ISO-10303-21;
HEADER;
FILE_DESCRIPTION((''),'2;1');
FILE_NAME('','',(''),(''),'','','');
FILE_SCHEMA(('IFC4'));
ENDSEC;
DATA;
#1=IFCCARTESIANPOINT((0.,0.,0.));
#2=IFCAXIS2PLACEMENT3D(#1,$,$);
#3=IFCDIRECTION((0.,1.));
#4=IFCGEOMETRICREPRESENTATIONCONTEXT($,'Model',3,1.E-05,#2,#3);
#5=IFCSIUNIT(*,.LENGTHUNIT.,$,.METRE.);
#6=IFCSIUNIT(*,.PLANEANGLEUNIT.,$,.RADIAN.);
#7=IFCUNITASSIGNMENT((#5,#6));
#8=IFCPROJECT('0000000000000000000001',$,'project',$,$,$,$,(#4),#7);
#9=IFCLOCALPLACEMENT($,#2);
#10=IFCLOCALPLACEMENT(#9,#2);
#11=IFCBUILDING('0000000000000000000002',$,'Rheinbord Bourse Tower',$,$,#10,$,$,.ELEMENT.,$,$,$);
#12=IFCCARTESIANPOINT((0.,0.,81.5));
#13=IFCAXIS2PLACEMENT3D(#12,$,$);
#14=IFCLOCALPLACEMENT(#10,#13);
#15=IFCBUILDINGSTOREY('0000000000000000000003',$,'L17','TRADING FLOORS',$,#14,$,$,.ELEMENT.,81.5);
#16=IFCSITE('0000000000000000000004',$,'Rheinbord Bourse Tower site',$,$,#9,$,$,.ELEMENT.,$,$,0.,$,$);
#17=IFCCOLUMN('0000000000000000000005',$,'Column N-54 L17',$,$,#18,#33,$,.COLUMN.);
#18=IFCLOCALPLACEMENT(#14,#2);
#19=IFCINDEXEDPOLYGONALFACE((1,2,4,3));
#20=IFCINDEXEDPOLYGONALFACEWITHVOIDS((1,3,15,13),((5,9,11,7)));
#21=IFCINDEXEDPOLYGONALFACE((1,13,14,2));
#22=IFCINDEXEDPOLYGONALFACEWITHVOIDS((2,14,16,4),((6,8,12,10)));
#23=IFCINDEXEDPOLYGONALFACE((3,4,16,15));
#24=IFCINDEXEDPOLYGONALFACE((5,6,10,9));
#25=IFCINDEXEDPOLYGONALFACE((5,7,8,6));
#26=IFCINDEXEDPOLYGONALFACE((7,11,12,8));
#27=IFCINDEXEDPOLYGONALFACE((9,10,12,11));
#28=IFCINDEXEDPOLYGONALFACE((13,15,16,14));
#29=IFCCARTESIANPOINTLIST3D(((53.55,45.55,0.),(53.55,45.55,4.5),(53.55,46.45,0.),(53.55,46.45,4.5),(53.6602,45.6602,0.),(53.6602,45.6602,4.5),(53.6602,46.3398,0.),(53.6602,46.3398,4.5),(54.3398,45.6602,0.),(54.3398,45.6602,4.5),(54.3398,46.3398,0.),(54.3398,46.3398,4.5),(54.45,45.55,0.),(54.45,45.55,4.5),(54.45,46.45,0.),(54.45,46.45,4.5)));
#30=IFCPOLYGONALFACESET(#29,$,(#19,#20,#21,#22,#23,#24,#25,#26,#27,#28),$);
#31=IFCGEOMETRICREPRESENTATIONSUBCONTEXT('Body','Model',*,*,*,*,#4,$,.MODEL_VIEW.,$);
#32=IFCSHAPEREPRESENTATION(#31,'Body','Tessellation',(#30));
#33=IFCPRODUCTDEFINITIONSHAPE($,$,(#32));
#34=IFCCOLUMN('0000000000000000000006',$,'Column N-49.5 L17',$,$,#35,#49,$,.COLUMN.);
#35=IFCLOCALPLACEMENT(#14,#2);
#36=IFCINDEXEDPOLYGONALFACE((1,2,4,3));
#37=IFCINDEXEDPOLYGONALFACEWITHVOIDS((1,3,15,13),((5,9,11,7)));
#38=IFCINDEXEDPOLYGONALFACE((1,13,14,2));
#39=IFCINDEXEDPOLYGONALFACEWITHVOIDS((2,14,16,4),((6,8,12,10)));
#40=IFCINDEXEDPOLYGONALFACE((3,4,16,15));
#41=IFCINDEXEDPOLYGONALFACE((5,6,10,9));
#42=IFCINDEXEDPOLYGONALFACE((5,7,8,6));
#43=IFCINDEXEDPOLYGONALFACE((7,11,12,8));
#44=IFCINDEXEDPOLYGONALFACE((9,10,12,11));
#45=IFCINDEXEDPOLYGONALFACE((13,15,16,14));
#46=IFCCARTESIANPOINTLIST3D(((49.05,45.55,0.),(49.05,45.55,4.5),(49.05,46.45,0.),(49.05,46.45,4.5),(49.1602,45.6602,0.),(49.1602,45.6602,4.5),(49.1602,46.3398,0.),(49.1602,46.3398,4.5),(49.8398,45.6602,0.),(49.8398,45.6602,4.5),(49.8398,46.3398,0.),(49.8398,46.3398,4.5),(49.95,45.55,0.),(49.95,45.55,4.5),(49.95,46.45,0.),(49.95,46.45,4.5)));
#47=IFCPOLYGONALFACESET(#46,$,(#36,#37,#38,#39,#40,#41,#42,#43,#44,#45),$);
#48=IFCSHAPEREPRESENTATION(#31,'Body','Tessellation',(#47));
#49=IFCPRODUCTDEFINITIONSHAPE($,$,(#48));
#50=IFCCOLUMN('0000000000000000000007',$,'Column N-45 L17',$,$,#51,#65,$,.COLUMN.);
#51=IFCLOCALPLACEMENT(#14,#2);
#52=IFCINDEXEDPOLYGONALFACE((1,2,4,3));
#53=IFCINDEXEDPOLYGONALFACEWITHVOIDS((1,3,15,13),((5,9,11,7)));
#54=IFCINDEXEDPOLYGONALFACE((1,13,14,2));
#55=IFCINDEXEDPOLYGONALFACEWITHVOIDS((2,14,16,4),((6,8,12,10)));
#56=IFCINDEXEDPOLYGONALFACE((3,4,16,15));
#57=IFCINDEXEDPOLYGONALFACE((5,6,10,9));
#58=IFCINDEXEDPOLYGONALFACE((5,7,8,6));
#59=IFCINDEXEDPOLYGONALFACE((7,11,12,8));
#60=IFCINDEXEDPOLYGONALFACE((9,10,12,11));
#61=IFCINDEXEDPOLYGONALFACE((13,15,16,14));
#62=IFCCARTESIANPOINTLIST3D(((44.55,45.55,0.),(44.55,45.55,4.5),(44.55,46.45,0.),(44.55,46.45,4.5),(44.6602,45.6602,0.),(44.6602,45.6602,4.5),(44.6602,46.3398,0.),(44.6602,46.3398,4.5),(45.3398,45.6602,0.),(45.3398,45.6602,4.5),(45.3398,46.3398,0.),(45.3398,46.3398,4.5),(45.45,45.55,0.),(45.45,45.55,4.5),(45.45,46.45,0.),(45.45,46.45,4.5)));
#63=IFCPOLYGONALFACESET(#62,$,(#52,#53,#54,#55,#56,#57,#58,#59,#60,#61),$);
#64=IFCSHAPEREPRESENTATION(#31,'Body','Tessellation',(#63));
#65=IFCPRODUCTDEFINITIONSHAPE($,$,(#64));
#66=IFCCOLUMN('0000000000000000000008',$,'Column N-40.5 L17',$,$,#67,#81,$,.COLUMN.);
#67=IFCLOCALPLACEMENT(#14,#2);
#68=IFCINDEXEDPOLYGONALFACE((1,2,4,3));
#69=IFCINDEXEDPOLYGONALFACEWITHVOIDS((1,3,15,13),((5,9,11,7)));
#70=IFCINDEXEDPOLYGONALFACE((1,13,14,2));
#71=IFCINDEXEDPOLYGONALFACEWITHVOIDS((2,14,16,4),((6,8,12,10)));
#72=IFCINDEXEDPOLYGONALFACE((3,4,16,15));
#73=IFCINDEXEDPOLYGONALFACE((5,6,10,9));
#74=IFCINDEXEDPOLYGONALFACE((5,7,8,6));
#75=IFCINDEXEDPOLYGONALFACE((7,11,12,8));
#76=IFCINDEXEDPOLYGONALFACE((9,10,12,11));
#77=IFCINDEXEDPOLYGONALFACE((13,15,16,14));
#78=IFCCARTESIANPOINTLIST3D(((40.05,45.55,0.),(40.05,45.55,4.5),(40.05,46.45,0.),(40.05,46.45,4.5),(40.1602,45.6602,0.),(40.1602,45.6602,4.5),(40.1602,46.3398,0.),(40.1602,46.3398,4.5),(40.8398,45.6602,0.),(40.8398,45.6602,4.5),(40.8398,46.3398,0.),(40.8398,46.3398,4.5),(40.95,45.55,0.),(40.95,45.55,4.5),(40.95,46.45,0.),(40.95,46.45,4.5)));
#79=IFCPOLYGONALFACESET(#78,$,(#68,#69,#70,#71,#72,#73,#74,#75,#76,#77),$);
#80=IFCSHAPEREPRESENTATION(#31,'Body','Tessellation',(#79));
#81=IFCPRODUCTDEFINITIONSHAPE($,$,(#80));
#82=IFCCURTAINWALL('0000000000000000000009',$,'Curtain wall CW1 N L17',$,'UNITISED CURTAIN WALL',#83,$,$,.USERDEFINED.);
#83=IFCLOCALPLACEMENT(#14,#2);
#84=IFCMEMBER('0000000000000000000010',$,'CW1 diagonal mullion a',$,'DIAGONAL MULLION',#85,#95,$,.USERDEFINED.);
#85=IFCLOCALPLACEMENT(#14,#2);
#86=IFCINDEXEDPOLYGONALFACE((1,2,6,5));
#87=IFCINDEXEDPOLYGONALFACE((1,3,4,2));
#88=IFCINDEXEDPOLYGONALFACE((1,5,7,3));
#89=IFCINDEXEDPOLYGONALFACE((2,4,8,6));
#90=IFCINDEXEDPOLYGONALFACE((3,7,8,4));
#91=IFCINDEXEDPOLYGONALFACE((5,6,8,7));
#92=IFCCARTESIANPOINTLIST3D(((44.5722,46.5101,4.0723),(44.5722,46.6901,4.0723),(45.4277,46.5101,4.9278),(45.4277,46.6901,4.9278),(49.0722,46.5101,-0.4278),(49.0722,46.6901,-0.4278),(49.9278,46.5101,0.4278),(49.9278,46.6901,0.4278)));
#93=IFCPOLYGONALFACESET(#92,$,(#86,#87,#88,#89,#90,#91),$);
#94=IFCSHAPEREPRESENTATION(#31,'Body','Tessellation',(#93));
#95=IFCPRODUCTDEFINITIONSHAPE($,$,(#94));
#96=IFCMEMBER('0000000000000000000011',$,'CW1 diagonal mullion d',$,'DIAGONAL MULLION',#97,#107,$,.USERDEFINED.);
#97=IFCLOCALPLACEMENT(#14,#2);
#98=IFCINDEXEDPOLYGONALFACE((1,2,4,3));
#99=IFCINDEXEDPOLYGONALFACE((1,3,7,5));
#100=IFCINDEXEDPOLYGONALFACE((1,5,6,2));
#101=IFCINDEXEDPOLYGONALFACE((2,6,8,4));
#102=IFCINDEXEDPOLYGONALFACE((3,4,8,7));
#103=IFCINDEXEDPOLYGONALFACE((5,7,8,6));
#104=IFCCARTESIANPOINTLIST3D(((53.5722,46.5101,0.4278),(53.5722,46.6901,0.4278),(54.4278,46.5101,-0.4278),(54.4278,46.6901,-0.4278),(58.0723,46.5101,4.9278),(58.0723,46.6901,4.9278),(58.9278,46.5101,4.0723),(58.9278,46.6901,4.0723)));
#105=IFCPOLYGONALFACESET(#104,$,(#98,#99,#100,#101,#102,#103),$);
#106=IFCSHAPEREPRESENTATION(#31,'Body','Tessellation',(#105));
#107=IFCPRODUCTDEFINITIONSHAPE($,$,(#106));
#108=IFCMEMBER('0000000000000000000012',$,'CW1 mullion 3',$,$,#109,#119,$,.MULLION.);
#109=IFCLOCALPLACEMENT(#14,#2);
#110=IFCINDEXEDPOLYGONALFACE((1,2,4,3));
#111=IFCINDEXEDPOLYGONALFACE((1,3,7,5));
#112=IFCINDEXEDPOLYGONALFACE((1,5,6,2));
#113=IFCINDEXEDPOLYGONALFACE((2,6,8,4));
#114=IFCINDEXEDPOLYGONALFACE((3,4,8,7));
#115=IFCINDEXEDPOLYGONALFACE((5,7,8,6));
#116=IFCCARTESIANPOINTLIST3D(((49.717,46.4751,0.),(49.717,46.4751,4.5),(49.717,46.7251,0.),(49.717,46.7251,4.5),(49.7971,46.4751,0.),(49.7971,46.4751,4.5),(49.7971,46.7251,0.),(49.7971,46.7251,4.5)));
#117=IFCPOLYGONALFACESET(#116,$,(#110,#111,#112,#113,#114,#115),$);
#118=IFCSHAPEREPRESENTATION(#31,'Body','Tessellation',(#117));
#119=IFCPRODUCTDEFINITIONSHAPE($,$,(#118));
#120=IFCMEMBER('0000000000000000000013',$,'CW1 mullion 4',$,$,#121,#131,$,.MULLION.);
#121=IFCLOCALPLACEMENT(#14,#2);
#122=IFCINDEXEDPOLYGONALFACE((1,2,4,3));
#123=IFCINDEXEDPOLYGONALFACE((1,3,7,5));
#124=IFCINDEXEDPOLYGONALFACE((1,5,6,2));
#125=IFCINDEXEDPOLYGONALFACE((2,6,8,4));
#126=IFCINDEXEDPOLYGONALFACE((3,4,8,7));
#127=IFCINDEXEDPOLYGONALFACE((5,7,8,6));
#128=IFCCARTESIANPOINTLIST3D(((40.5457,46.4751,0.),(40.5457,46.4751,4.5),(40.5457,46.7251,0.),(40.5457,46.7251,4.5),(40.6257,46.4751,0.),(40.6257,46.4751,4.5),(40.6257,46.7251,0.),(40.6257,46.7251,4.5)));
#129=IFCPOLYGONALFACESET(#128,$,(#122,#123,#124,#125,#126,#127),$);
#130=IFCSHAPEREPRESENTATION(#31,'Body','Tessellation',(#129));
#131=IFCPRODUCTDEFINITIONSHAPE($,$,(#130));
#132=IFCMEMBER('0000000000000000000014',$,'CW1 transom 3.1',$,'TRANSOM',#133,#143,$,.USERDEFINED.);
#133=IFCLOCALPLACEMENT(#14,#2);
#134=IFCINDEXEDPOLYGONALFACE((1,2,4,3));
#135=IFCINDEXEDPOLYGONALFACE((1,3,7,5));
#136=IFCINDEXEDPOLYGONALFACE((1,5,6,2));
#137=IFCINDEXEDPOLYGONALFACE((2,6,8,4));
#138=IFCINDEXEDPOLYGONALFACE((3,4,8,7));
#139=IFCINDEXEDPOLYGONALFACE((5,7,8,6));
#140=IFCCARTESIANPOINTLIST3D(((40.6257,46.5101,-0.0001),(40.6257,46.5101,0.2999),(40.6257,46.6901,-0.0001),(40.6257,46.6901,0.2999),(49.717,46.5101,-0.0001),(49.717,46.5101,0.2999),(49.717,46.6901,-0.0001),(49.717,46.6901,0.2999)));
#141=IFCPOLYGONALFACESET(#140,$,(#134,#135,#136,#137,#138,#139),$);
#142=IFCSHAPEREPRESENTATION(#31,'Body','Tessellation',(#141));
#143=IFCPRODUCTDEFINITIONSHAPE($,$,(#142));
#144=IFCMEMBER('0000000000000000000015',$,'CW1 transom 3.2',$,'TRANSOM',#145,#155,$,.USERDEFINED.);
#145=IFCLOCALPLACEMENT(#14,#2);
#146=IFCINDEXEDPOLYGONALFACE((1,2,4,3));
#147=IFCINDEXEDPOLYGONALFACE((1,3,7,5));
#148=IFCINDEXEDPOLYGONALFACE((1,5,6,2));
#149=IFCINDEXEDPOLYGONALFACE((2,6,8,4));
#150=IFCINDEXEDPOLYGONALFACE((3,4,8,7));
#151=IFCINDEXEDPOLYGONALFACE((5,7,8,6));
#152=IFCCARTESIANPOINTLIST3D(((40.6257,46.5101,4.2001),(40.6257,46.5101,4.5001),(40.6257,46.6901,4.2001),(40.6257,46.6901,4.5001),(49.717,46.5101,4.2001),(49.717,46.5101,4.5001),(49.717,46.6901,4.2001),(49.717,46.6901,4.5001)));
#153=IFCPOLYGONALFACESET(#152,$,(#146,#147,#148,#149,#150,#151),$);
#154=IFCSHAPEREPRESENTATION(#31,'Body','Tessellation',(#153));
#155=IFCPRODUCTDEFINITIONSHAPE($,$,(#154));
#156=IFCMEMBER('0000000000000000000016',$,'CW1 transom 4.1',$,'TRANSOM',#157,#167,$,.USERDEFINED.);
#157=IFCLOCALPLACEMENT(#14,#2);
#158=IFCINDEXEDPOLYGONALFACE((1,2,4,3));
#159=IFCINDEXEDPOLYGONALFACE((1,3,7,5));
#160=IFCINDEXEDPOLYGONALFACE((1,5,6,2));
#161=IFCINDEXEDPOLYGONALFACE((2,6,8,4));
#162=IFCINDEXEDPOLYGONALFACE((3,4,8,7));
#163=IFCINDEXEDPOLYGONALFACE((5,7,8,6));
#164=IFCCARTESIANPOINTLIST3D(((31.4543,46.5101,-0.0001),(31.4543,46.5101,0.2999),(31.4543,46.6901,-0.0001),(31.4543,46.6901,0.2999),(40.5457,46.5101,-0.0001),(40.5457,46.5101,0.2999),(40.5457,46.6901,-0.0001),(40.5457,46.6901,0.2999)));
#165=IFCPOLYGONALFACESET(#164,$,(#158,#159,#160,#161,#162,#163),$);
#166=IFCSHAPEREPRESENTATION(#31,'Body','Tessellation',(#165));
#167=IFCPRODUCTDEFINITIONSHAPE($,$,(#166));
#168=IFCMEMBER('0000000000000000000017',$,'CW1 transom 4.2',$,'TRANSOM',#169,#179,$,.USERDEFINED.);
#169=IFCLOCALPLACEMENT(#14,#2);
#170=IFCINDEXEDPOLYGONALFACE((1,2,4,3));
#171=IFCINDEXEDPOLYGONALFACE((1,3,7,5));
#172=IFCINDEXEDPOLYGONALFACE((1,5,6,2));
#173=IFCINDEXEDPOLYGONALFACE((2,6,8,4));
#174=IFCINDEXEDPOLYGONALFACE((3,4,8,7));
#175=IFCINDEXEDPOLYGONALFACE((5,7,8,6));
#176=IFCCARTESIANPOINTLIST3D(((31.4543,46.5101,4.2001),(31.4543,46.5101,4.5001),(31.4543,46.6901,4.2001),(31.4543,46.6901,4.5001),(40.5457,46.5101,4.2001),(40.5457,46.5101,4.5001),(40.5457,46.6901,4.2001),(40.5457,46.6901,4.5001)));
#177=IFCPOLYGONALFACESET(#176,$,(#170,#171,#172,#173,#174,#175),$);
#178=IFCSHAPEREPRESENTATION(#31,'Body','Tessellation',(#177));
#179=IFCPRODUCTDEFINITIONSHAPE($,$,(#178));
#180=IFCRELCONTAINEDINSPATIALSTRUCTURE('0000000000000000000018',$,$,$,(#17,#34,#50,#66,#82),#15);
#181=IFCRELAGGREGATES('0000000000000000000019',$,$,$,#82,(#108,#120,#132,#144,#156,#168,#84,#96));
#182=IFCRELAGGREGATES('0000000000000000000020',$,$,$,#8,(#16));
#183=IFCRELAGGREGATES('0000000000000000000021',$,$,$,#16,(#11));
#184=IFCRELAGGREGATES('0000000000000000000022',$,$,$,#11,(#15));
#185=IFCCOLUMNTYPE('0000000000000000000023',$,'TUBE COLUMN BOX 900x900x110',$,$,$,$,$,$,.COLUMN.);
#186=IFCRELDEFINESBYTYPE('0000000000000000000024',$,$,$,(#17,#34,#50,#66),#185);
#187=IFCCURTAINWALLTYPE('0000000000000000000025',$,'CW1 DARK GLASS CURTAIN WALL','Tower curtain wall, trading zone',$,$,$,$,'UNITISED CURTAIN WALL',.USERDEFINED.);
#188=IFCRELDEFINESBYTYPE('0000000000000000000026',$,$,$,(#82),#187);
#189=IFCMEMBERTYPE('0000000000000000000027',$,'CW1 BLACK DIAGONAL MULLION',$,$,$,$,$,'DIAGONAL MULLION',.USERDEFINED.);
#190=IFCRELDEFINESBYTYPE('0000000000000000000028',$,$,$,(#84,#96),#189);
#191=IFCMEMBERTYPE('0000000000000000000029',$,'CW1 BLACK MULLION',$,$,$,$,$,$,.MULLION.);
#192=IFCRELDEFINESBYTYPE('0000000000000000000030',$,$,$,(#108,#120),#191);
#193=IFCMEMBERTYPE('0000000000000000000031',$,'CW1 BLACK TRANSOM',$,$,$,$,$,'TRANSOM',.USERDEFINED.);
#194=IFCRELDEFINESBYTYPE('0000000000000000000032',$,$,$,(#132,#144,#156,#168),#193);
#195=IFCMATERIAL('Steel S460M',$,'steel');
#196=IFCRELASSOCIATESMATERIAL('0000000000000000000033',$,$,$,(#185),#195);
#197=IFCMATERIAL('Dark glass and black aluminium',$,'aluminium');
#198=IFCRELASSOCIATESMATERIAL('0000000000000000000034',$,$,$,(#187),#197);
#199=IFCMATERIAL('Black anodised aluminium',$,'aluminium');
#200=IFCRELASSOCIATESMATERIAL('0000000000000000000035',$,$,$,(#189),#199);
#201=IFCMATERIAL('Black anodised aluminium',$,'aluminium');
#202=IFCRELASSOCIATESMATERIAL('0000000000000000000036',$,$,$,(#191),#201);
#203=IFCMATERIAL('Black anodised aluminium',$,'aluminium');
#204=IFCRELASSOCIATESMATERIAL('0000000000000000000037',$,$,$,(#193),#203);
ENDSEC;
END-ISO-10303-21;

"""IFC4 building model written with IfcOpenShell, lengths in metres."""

from ifc_helpers import new_model, si_unit, direction, frame, origin, origin_2d, place, context, subcontext, project, spatial, rectangle, hollow_rectangle, extrude, material, material_profile, profile_set, type_object, element, aggregate, save


model = new_model("IFC4")

# Units and contexts
model_context = context("Model", 3, precision=1e-05, world=origin(), true_north=direction((0.0, 1.0)))
body_context = subcontext(model_context, "Body", "Model", "MODEL_VIEW")
ifc_project = project(units=[si_unit("LENGTHUNIT", "METRE"), si_unit("PLANEANGLEUNIT", "RADIAN")], contexts=[model_context])

# Site, building, storey
site_placement = place(None, origin())
site = spatial("IfcSite", under=ifc_project, at=site_placement, Name="Rheinbord Bourse Tower site", CompositionType="ELEMENT", RefElevation=0.0)
building_placement = place(site_placement, origin())
building = spatial("IfcBuilding", under=site, at=building_placement, Name="Rheinbord Bourse Tower", CompositionType="ELEMENT")
storey_placement = place(building_placement, frame((0.0, 0.0, 81.5)))
storey = spatial("IfcBuildingStorey", under=building, at=storey_placement, Name="L17", Description="TRADING FLOORS", CompositionType="ELEMENT", Elevation=81.5)

# Columns
ifc_material_1 = material(Name="Steel S460M", Category="steel")
ifc_material_profile_1 = material_profile(ifc_material_1, hollow_rectangle(XDim=0.8999, YDim=0.8999, WallThickness=0.1101, at=origin_2d()), Name="BOX 900x900x110")
ifc_profile_set_1 = profile_set([ifc_material_profile_1], Name="Steel S460M")
column_type = type_object("IfcColumnType", Name="TUBE COLUMN BOX 900x900x110", PredefinedType="COLUMN", material=ifc_profile_set_1)
for number, where, z_axis, x_axis, name in (
    (1, (54.0, 46.0, 0.0), (0.0, 0.0, 1.0), (0.0, 1.0, 0.0), "Column N-54 L17"),
    (2, (49.5, 46.0, 0.0), (0.0, 0.0, 1.0), (0.0, 1.0, 0.0), "Column N-49.5 L17"),
    (3, (45.0, 46.0, 0.0), (0.0, 0.0, 1.0), (0.0, 1.0, 0.0), "Column N-45 L17"),
    (4, (40.5, 46.0, 0.0), (0.0, 0.0, 1.0), (0.0, 1.0, 0.0), "Column N-40.5 L17"),
):
    element("IfcColumn", number, at=place(storey_placement, frame(where, z_axis=z_axis, x_axis=x_axis)), inside=storey, type_object=column_type, Name=name, PredefinedType="COLUMN", context=body_context, shape_type="SweptSolid", body=[
        extrude(hollow_rectangle(XDim=0.8999, YDim=0.8999, WallThickness=0.1101, at=origin_2d()), origin(), (0.0, 0.0, 1.0), 4.5),
    ])

# Curtain wall, members
ifc_material_2 = material(Name="Dark glass and black aluminium", Category="aluminium")
curtain_wall_type = type_object("IfcCurtainWallType", Name="CW1 DARK GLASS CURTAIN WALL", Description="Tower curtain wall, trading zone", ElementType="UNITISED CURTAIN WALL", PredefinedType="USERDEFINED", material=ifc_material_2)
curtain_wall_placement = place(storey_placement, origin())
curtain_wall = element("IfcCurtainWall", 5, at=curtain_wall_placement, inside=storey, type_object=curtain_wall_type, Name="Curtain wall CW1 N L17", ObjectType="UNITISED CURTAIN WALL", PredefinedType="USERDEFINED")
ifc_material_3 = material(Name="Black anodised aluminium", Category="aluminium")
ifc_material_profile_2 = material_profile(ifc_material_3, rectangle(XDim=0.1799, YDim=1.21, at=origin_2d()), Name="CW1 DIAGONAL MULLION 1210x180")
ifc_profile_set_2 = profile_set([ifc_material_profile_2], Name="Black anodised aluminium")
member_type_1 = type_object("IfcMemberType", Name="CW1 BLACK DIAGONAL MULLION", ElementType="DIAGONAL MULLION", PredefinedType="USERDEFINED", material=ifc_profile_set_2)
member_1_placement = place(storey_placement, frame((49.5, 46.6001, 0.0), z_axis=(-0.707107, 0.0, 0.707107), x_axis=(0.0, -1.0, 0.0)))
member_1 = element("IfcMember", 6, at=member_1_placement, type_object=member_type_1, Name="CW1 diagonal mullion a", ObjectType="DIAGONAL MULLION", PredefinedType="USERDEFINED", context=body_context, shape_type="SweptSolid", body=[
    extrude(rectangle(XDim=0.1799, YDim=1.21, at=origin_2d()), origin(), (0.0, 0.0, 1.0), 6.364),
])
member_2_placement = place(storey_placement, frame((54.0, 46.6001, 0.0), z_axis=(0.707107, 0.0, 0.707107), x_axis=(0.0, 1.0, 0.0)))
member_2 = element("IfcMember", 7, at=member_2_placement, type_object=member_type_1, Name="CW1 diagonal mullion d", ObjectType="DIAGONAL MULLION", PredefinedType="USERDEFINED", context=body_context, shape_type="SweptSolid", body=[
    extrude(rectangle(XDim=0.1799, YDim=1.21, at=origin_2d()), origin(), (0.0, 0.0, 1.0), 6.364),
])
ifc_material_4 = material(Name="Black anodised aluminium", Category="aluminium")
ifc_material_profile_3 = material_profile(ifc_material_4, rectangle(XDim=0.25, YDim=0.0801, at=origin_2d()), Name="CW1 MULLION 80x250")
ifc_profile_set_3 = profile_set([ifc_material_profile_3], Name="Black anodised aluminium")
member_type_2 = type_object("IfcMemberType", Name="CW1 BLACK MULLION", PredefinedType="MULLION", material=ifc_profile_set_3)
member_3_placement = place(storey_placement, frame((49.7571, 46.6001, 0.0), z_axis=(0.0, 0.0, 1.0), x_axis=(0.0, -1.0, 0.0)))
member_3 = element("IfcMember", 8, at=member_3_placement, type_object=member_type_2, Name="CW1 mullion 3", PredefinedType="MULLION", context=body_context, shape_type="SweptSolid", body=[
    extrude(rectangle(XDim=0.25, YDim=0.0801, at=origin_2d()), origin(), (0.0, 0.0, 1.0), 4.5),
])
member_4_placement = place(storey_placement, frame((40.5857, 46.6001, 0.0), z_axis=(0.0, 0.0, 1.0), x_axis=(0.0, -1.0, 0.0)))
member_4 = element("IfcMember", 9, at=member_4_placement, type_object=member_type_2, Name="CW1 mullion 4", PredefinedType="MULLION", context=body_context, shape_type="SweptSolid", body=[
    extrude(rectangle(XDim=0.25, YDim=0.0801, at=origin_2d()), origin(), (0.0, 0.0, 1.0), 4.5),
])
ifc_material_5 = material(Name="Black anodised aluminium", Category="aluminium")
ifc_material_profile_4 = material_profile(ifc_material_5, rectangle(XDim=0.1799, YDim=0.3, at=origin_2d()), Name="CW1 TRANSOM 300x180")
ifc_profile_set_4 = profile_set([ifc_material_profile_4], Name="Black anodised aluminium")
member_type_3 = type_object("IfcMemberType", Name="CW1 BLACK TRANSOM", ElementType="TRANSOM", PredefinedType="USERDEFINED", material=ifc_profile_set_4)
member_5_placement = place(storey_placement, frame((49.717, 46.6001, 0.1499), z_axis=(-1.0, 0.0, 0.0), x_axis=(0.0, -1.0, 0.0)))
member_5 = element("IfcMember", 10, at=member_5_placement, type_object=member_type_3, Name="CW1 transom 3.1", ObjectType="TRANSOM", PredefinedType="USERDEFINED", context=body_context, shape_type="SweptSolid", body=[
    extrude(rectangle(XDim=0.1799, YDim=0.3, at=origin_2d()), origin(), (0.0, 0.0, 1.0), 9.0913),
])
member_6_placement = place(storey_placement, frame((49.717, 46.6001, 4.3501), z_axis=(-1.0, 0.0, 0.0), x_axis=(0.0, -1.0, 0.0)))
member_6 = element("IfcMember", 11, at=member_6_placement, type_object=member_type_3, Name="CW1 transom 3.2", ObjectType="TRANSOM", PredefinedType="USERDEFINED", context=body_context, shape_type="SweptSolid", body=[
    extrude(rectangle(XDim=0.1799, YDim=0.3, at=origin_2d()), origin(), (0.0, 0.0, 1.0), 9.0913),
])
member_7_placement = place(storey_placement, frame((40.5457, 46.6001, 0.1499), z_axis=(-1.0, 0.0, 0.0), x_axis=(0.0, -1.0, 0.0)))
member_7 = element("IfcMember", 12, at=member_7_placement, type_object=member_type_3, Name="CW1 transom 4.1", ObjectType="TRANSOM", PredefinedType="USERDEFINED", context=body_context, shape_type="SweptSolid", body=[
    extrude(rectangle(XDim=0.1799, YDim=0.3, at=origin_2d()), origin(), (0.0, 0.0, 1.0), 9.0913),
])
member_8_placement = place(storey_placement, frame((40.5457, 46.6001, 4.3501), z_axis=(-1.0, 0.0, 0.0), x_axis=(0.0, -1.0, 0.0)))
member_8 = element("IfcMember", 13, at=member_8_placement, type_object=member_type_3, Name="CW1 transom 4.2", ObjectType="TRANSOM", PredefinedType="USERDEFINED", context=body_context, shape_type="SweptSolid", body=[
    extrude(rectangle(XDim=0.1799, YDim=0.3, at=origin_2d()), origin(), (0.0, 0.0, 1.0), 9.0913),
])

aggregate(curtain_wall, [member_3, member_4, member_5, member_6, member_7, member_8, member_1, member_2])

save(model, "model.ifc")
